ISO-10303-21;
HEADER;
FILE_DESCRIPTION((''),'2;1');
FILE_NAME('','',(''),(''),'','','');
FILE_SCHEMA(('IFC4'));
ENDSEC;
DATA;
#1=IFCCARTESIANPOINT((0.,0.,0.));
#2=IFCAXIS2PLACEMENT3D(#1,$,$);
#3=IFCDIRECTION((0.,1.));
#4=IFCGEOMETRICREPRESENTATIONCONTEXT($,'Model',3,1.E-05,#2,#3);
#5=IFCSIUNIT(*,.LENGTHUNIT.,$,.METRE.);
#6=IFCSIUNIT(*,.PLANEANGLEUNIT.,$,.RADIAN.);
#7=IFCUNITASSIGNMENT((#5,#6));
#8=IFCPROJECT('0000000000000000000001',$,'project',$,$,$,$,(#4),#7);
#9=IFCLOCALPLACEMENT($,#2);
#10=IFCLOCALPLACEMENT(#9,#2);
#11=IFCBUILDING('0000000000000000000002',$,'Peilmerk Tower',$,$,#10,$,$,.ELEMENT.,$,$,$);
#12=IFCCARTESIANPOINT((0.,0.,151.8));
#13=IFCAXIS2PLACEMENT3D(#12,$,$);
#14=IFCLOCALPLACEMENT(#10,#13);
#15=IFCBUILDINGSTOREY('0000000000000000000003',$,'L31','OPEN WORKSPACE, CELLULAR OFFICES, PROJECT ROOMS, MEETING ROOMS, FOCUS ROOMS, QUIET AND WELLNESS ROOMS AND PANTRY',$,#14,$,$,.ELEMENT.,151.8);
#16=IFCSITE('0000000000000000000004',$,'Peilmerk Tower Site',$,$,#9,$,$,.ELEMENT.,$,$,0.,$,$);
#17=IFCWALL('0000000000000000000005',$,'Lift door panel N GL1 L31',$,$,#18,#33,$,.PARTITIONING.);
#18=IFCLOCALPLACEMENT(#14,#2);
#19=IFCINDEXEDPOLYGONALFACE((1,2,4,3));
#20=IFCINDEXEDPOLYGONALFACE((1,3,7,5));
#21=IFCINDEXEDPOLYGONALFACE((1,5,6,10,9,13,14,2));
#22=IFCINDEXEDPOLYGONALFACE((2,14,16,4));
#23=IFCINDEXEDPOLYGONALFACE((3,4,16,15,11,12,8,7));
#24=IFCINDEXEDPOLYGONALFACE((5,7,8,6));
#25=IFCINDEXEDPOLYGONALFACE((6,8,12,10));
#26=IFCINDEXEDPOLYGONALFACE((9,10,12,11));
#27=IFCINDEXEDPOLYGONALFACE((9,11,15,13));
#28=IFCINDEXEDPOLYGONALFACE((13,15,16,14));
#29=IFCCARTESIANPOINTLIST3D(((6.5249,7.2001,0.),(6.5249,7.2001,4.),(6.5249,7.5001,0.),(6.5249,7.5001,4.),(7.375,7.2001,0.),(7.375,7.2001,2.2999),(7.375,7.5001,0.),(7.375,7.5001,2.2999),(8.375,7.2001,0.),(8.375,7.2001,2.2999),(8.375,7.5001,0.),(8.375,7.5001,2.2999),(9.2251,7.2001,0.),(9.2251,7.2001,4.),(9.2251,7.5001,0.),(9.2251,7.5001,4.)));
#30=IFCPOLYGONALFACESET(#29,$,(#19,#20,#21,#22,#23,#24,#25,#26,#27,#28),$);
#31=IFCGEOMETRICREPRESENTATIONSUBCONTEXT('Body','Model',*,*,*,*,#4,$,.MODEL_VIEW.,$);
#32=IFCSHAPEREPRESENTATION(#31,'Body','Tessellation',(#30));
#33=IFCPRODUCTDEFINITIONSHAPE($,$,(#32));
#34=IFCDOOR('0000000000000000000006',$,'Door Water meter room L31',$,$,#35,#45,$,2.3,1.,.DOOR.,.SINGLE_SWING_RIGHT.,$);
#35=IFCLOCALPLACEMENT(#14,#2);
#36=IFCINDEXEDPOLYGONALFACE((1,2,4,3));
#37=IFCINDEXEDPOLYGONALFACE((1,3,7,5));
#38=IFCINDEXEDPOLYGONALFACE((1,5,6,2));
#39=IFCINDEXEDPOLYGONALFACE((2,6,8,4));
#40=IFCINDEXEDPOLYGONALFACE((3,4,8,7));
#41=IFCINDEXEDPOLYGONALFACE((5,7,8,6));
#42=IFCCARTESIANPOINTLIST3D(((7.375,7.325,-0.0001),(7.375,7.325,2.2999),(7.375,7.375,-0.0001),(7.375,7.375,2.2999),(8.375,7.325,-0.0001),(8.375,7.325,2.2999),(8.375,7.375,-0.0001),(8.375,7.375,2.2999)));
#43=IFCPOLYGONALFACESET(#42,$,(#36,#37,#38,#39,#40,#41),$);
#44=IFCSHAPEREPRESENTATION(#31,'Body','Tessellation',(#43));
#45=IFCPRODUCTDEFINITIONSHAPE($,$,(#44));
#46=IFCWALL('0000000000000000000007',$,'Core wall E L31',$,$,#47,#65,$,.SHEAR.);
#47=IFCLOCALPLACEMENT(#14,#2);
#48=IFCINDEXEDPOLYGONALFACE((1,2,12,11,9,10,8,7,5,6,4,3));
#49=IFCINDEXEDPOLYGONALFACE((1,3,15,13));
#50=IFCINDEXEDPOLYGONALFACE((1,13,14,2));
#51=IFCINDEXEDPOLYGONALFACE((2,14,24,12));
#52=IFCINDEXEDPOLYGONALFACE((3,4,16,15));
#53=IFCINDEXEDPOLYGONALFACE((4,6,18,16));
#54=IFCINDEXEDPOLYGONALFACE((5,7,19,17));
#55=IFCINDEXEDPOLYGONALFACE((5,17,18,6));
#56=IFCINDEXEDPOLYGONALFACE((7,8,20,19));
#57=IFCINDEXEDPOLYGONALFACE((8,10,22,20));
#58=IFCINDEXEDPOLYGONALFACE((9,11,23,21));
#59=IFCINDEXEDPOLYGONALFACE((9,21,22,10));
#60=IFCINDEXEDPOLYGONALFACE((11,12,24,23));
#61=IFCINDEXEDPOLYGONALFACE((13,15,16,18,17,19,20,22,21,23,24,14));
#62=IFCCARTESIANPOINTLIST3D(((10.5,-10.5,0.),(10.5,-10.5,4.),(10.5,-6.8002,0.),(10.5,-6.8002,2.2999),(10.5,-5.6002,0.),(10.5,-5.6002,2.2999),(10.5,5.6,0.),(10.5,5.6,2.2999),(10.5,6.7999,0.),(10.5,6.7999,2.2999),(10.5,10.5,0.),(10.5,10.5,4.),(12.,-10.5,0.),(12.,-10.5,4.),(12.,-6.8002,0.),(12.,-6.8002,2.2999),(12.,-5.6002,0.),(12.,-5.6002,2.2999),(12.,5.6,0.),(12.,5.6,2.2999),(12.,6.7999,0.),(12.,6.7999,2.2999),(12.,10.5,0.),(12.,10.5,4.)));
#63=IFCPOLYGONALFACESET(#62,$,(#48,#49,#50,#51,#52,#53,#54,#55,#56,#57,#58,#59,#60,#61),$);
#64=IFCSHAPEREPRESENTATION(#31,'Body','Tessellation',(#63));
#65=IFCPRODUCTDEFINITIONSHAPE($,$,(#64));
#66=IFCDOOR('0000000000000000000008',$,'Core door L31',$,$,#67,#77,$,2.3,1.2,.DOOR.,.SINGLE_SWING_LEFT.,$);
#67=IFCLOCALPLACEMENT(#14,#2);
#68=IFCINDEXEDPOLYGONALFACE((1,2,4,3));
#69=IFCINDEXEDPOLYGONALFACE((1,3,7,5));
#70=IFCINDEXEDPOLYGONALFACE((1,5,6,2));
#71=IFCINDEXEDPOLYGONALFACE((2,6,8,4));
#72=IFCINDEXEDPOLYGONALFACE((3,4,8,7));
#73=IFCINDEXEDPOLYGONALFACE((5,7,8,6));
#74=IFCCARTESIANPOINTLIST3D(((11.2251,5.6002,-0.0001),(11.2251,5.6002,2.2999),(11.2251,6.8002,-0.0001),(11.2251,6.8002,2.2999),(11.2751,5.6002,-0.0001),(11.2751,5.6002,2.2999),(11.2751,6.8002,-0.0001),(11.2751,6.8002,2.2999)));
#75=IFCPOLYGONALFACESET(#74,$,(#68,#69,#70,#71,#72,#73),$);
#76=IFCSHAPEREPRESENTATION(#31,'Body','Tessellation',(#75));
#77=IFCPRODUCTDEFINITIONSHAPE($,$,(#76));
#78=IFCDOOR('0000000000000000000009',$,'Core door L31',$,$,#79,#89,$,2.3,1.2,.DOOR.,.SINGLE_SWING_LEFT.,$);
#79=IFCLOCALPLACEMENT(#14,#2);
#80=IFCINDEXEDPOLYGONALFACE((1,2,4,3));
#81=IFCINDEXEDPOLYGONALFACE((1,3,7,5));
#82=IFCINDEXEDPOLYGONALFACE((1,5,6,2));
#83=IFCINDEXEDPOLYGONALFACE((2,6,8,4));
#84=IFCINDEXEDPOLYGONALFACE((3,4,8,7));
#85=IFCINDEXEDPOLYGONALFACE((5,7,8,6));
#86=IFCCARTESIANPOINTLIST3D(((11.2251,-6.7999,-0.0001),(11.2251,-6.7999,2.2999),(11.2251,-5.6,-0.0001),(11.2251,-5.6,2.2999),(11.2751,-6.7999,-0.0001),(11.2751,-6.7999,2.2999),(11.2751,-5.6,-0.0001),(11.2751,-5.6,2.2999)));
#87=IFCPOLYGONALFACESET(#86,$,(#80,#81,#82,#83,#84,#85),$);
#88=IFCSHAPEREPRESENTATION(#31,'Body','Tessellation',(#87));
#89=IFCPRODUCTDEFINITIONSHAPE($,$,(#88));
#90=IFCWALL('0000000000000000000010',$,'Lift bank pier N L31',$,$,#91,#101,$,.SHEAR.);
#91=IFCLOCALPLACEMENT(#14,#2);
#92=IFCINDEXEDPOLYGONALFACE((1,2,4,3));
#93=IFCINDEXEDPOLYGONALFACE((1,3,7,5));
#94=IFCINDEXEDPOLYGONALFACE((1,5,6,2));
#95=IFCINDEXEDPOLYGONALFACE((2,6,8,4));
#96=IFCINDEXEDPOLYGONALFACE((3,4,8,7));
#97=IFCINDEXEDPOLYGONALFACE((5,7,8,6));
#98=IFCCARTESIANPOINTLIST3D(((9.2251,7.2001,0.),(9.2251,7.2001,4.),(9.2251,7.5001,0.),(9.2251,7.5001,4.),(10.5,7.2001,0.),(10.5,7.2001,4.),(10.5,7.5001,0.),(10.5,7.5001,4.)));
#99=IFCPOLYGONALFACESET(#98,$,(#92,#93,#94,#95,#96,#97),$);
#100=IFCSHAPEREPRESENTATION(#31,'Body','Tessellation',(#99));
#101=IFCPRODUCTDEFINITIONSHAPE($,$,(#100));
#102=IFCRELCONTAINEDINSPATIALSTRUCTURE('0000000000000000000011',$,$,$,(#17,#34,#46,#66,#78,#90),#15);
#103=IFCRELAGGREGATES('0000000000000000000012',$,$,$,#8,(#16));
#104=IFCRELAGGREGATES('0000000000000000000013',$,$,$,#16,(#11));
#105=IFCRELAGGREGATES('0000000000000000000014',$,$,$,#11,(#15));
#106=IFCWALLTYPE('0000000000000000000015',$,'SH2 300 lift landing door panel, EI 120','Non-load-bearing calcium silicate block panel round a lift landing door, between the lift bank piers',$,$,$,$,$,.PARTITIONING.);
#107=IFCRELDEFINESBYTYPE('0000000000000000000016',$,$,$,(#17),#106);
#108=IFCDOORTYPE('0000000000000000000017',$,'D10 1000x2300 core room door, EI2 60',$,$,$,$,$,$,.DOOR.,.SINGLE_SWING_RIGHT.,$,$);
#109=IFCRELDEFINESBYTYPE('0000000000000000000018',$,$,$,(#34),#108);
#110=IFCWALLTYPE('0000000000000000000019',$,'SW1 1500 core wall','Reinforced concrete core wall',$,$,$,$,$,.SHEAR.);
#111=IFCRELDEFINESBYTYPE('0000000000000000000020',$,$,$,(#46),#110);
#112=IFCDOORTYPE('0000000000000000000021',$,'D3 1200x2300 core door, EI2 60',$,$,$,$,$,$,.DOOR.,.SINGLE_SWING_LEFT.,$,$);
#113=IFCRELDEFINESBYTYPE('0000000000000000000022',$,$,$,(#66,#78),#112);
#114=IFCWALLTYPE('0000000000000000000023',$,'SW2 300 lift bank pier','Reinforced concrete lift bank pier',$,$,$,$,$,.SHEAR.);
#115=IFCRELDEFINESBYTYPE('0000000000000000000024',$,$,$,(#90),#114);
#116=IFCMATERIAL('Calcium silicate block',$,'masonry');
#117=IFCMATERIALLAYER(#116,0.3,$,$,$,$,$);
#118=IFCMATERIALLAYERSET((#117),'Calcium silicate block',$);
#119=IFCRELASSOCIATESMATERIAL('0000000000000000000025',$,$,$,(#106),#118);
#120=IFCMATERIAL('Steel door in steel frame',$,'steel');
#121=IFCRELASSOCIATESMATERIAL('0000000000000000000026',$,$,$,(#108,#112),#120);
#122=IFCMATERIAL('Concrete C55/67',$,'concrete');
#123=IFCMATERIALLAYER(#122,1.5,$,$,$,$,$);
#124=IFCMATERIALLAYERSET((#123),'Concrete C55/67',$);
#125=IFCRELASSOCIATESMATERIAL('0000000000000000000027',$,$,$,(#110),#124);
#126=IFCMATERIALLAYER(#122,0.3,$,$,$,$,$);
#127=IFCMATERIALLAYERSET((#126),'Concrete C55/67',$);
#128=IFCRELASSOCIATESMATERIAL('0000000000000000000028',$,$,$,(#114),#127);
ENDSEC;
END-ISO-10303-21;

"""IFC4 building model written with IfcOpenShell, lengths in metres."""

from ifc_helpers import new_model, si_unit, direction, frame, frame_2d, origin, place, context, subcontext, project, spatial, rectangle, extrude, material, layer, layer_set, type_object, element, fill, save


model = new_model("IFC4")

# Units and contexts
model_context = context("Model", 3, precision=1e-05, world=origin(), true_north=direction((0.0, 1.0)))
body_context = subcontext(model_context, "Body", "Model", "MODEL_VIEW")
ifc_project = project(units=[si_unit("LENGTHUNIT", "METRE"), si_unit("PLANEANGLEUNIT", "RADIAN")], contexts=[model_context])

# Site, building, storey
site_placement = place(None, origin())
site = spatial("IfcSite", under=ifc_project, at=site_placement, Name="Peilmerk Tower Site", CompositionType="ELEMENT", RefElevation=0.0)
building_placement = place(site_placement, origin())
building = spatial("IfcBuilding", under=site, at=building_placement, Name="Peilmerk Tower", CompositionType="ELEMENT")
storey_placement = place(building_placement, frame((0.0, 0.0, 151.8)))
storey = spatial("IfcBuildingStorey", under=building, at=storey_placement, Name="L31", Description="OPEN WORKSPACE, CELLULAR OFFICES, PROJECT ROOMS, MEETING ROOMS, FOCUS ROOMS, QUIET AND WELLNESS ROOMS AND PANTRY", CompositionType="ELEMENT", Elevation=151.8)

# Shared definitions
ifc_material_1 = material(Name="Calcium silicate block", Category="masonry")

# Wall, opening, door
ifc_layer_1 = layer(ifc_material_1, 0.3)
ifc_layer_set_1 = layer_set([ifc_layer_1], Name="Calcium silicate block")
wall_type_1 = type_object("IfcWallType", Name="SH2 300 lift landing door panel, EI 120", Description="Non-load-bearing calcium silicate block panel round a lift landing door, between the lift bank piers", PredefinedType="PARTITIONING", material=ifc_layer_set_1)
wall_1_placement = place(storey_placement, frame((6.5249, 7.3501, 0.0), z_axis=(0.0, 0.0, 1.0), x_axis=(1.0, 0.0, 0.0)))
wall_1 = element("IfcWall", 1, at=wall_1_placement, inside=storey, type_object=wall_type_1, Name="Lift door panel N GL1 L31", PredefinedType="PARTITIONING", context=body_context, shape_type="SweptSolid", body=[
    extrude(rectangle(XDim=2.7002, YDim=0.3, at=frame_2d((1.3501, 0.0))), origin(), (0.0, 0.0, 1.0), 4.0),
])
opening_1_placement = place(wall_1_placement, frame((0.8501, 0.0, 0.0)))
opening_1 = element("IfcOpeningElement", 2, at=opening_1_placement, cuts=wall_1, PredefinedType="OPENING", context=body_context, shape_type="SweptSolid", body=[
    extrude(rectangle(XDim=1.0, YDim=2.3, at=frame_2d((0.5, 1.1499))), frame((0.0, 0.1599, 0.0), z_axis=(0.0, -1.0, 0.0), x_axis=(1.0, 0.0, 0.0)), (0.0, 0.0, 1.0), 0.3201),
])
ifc_material_2 = material(Name="Steel door in steel frame", Category="steel")
door_type_1 = type_object("IfcDoorType", Name="D10 1000x2300 core room door, EI2 60", OperationType="SINGLE_SWING_RIGHT", PredefinedType="DOOR", material=ifc_material_2)
door_1_placement = place(opening_1_placement, origin())
door_1 = element("IfcDoor", 3, at=door_1_placement, inside=storey, type_object=door_type_1, Name="Door Water meter room L31", OperationType="SINGLE_SWING_RIGHT", OverallHeight=2.3, OverallWidth=1.0, PredefinedType="DOOR", context=body_context, shape_type="SweptSolid", body=[
    extrude(rectangle(XDim=1.0, YDim=2.3, at=frame_2d((0.5, 1.1499))), frame((0.0, 0.0249, 0.0), z_axis=(0.0, -1.0, 0.0), x_axis=(1.0, 0.0, 0.0)), (0.0, 0.0, 1.0), 0.05),
])
fill(opening_1, door_1)

# Wall, openings, doors
ifc_material_3 = material(Name="Concrete C55/67", Category="concrete")
ifc_layer_2 = layer(ifc_material_3, 1.5)
ifc_layer_set_2 = layer_set([ifc_layer_2], Name="Concrete C55/67")
wall_type_2 = type_object("IfcWallType", Name="SW1 1500 core wall", Description="Reinforced concrete core wall", PredefinedType="SHEAR", material=ifc_layer_set_2)
wall_2_placement = place(storey_placement, frame((11.25, 10.5, 0.0), z_axis=(0.0, 0.0, 1.0), x_axis=(0.0, -1.0, 0.0)))
wall_2 = element("IfcWall", 4, at=wall_2_placement, inside=storey, type_object=wall_type_2, Name="Core wall E L31", PredefinedType="SHEAR", context=body_context, shape_type="SweptSolid", body=[
    extrude(rectangle(XDim=21.0, YDim=1.5, at=frame_2d((10.5, 0.0))), origin(), (0.0, 0.0, 1.0), 4.0),
])
opening_2_placement = place(wall_2_placement, frame((3.7, 0.0, 0.0)))
opening_2 = element("IfcOpeningElement", 5, at=opening_2_placement, cuts=wall_2, PredefinedType="OPENING", context=body_context, shape_type="SweptSolid", body=[
    extrude(rectangle(XDim=1.2, YDim=2.3, at=frame_2d((0.6001, 1.1499))), frame((0.0, 0.76, 0.0), z_axis=(0.0, -1.0, 0.0), x_axis=(1.0, 0.0, 0.0)), (0.0, 0.0, 1.0), 1.52),
])
opening_3_placement = place(wall_2_placement, frame((16.1001, 0.0, 0.0)))
opening_3 = element("IfcOpeningElement", 6, at=opening_3_placement, cuts=wall_2, PredefinedType="OPENING", context=body_context, shape_type="SweptSolid", body=[
    extrude(rectangle(XDim=1.2, YDim=2.3, at=frame_2d((0.6001, 1.1499))), frame((0.0, 0.76, 0.0), z_axis=(0.0, -1.0, 0.0), x_axis=(1.0, 0.0, 0.0)), (0.0, 0.0, 1.0), 1.52),
])
door_type_2 = type_object("IfcDoorType", Name="D3 1200x2300 core door, EI2 60", OperationType="SINGLE_SWING_LEFT", PredefinedType="DOOR", material=ifc_material_2)
door_2_placement = place(opening_2_placement, frame((1.2, 0.0, 0.0), z_axis=(0.0, 0.0, 1.0), x_axis=(-1.0, 0.0, 0.0)))
door_2 = element("IfcDoor", 7, at=door_2_placement, inside=storey, type_object=door_type_2, Name="Core door L31", OperationType="SINGLE_SWING_LEFT", OverallHeight=2.3, OverallWidth=1.2, PredefinedType="DOOR", context=body_context, shape_type="SweptSolid", body=[
    extrude(rectangle(XDim=1.2, YDim=2.3, at=frame_2d((0.6001, 1.1499))), frame((0.0, 0.0249, 0.0), z_axis=(0.0, -1.0, 0.0), x_axis=(1.0, 0.0, 0.0)), (0.0, 0.0, 1.0), 0.05),
])
fill(opening_2, door_2)
door_3_placement = place(opening_3_placement, frame((1.2, 0.0, 0.0), z_axis=(0.0, 0.0, 1.0), x_axis=(-1.0, 0.0, 0.0)))
door_3 = element("IfcDoor", 8, at=door_3_placement, inside=storey, type_object=door_type_2, Name="Core door L31", OperationType="SINGLE_SWING_LEFT", OverallHeight=2.3, OverallWidth=1.2, PredefinedType="DOOR", context=body_context, shape_type="SweptSolid", body=[
    extrude(rectangle(XDim=1.2, YDim=2.3, at=frame_2d((0.6001, 1.1499))), frame((0.0, 0.0249, 0.0), z_axis=(0.0, -1.0, 0.0), x_axis=(1.0, 0.0, 0.0)), (0.0, 0.0, 1.0), 0.05),
])
fill(opening_3, door_3)

# Wall
ifc_layer_3 = layer(ifc_material_3, 0.3)
ifc_layer_set_3 = layer_set([ifc_layer_3], Name="Concrete C55/67")
wall_type_3 = type_object("IfcWallType", Name="SW2 300 lift bank pier", Description="Reinforced concrete lift bank pier", PredefinedType="SHEAR", material=ifc_layer_set_3)
wall_3_placement = place(storey_placement, frame((9.2251, 7.3501, 0.0), z_axis=(0.0, 0.0, 1.0), x_axis=(1.0, 0.0, 0.0)))
element("IfcWall", 9, at=wall_3_placement, inside=storey, type_object=wall_type_3, Name="Lift bank pier N L31", PredefinedType="SHEAR", context=body_context, shape_type="SweptSolid", body=[
    extrude(rectangle(XDim=1.2749, YDim=0.3, at=frame_2d((0.6375, 0.0))), origin(), (0.0, 0.0, 1.0), 4.0),
])

save(model, "model.ifc")
